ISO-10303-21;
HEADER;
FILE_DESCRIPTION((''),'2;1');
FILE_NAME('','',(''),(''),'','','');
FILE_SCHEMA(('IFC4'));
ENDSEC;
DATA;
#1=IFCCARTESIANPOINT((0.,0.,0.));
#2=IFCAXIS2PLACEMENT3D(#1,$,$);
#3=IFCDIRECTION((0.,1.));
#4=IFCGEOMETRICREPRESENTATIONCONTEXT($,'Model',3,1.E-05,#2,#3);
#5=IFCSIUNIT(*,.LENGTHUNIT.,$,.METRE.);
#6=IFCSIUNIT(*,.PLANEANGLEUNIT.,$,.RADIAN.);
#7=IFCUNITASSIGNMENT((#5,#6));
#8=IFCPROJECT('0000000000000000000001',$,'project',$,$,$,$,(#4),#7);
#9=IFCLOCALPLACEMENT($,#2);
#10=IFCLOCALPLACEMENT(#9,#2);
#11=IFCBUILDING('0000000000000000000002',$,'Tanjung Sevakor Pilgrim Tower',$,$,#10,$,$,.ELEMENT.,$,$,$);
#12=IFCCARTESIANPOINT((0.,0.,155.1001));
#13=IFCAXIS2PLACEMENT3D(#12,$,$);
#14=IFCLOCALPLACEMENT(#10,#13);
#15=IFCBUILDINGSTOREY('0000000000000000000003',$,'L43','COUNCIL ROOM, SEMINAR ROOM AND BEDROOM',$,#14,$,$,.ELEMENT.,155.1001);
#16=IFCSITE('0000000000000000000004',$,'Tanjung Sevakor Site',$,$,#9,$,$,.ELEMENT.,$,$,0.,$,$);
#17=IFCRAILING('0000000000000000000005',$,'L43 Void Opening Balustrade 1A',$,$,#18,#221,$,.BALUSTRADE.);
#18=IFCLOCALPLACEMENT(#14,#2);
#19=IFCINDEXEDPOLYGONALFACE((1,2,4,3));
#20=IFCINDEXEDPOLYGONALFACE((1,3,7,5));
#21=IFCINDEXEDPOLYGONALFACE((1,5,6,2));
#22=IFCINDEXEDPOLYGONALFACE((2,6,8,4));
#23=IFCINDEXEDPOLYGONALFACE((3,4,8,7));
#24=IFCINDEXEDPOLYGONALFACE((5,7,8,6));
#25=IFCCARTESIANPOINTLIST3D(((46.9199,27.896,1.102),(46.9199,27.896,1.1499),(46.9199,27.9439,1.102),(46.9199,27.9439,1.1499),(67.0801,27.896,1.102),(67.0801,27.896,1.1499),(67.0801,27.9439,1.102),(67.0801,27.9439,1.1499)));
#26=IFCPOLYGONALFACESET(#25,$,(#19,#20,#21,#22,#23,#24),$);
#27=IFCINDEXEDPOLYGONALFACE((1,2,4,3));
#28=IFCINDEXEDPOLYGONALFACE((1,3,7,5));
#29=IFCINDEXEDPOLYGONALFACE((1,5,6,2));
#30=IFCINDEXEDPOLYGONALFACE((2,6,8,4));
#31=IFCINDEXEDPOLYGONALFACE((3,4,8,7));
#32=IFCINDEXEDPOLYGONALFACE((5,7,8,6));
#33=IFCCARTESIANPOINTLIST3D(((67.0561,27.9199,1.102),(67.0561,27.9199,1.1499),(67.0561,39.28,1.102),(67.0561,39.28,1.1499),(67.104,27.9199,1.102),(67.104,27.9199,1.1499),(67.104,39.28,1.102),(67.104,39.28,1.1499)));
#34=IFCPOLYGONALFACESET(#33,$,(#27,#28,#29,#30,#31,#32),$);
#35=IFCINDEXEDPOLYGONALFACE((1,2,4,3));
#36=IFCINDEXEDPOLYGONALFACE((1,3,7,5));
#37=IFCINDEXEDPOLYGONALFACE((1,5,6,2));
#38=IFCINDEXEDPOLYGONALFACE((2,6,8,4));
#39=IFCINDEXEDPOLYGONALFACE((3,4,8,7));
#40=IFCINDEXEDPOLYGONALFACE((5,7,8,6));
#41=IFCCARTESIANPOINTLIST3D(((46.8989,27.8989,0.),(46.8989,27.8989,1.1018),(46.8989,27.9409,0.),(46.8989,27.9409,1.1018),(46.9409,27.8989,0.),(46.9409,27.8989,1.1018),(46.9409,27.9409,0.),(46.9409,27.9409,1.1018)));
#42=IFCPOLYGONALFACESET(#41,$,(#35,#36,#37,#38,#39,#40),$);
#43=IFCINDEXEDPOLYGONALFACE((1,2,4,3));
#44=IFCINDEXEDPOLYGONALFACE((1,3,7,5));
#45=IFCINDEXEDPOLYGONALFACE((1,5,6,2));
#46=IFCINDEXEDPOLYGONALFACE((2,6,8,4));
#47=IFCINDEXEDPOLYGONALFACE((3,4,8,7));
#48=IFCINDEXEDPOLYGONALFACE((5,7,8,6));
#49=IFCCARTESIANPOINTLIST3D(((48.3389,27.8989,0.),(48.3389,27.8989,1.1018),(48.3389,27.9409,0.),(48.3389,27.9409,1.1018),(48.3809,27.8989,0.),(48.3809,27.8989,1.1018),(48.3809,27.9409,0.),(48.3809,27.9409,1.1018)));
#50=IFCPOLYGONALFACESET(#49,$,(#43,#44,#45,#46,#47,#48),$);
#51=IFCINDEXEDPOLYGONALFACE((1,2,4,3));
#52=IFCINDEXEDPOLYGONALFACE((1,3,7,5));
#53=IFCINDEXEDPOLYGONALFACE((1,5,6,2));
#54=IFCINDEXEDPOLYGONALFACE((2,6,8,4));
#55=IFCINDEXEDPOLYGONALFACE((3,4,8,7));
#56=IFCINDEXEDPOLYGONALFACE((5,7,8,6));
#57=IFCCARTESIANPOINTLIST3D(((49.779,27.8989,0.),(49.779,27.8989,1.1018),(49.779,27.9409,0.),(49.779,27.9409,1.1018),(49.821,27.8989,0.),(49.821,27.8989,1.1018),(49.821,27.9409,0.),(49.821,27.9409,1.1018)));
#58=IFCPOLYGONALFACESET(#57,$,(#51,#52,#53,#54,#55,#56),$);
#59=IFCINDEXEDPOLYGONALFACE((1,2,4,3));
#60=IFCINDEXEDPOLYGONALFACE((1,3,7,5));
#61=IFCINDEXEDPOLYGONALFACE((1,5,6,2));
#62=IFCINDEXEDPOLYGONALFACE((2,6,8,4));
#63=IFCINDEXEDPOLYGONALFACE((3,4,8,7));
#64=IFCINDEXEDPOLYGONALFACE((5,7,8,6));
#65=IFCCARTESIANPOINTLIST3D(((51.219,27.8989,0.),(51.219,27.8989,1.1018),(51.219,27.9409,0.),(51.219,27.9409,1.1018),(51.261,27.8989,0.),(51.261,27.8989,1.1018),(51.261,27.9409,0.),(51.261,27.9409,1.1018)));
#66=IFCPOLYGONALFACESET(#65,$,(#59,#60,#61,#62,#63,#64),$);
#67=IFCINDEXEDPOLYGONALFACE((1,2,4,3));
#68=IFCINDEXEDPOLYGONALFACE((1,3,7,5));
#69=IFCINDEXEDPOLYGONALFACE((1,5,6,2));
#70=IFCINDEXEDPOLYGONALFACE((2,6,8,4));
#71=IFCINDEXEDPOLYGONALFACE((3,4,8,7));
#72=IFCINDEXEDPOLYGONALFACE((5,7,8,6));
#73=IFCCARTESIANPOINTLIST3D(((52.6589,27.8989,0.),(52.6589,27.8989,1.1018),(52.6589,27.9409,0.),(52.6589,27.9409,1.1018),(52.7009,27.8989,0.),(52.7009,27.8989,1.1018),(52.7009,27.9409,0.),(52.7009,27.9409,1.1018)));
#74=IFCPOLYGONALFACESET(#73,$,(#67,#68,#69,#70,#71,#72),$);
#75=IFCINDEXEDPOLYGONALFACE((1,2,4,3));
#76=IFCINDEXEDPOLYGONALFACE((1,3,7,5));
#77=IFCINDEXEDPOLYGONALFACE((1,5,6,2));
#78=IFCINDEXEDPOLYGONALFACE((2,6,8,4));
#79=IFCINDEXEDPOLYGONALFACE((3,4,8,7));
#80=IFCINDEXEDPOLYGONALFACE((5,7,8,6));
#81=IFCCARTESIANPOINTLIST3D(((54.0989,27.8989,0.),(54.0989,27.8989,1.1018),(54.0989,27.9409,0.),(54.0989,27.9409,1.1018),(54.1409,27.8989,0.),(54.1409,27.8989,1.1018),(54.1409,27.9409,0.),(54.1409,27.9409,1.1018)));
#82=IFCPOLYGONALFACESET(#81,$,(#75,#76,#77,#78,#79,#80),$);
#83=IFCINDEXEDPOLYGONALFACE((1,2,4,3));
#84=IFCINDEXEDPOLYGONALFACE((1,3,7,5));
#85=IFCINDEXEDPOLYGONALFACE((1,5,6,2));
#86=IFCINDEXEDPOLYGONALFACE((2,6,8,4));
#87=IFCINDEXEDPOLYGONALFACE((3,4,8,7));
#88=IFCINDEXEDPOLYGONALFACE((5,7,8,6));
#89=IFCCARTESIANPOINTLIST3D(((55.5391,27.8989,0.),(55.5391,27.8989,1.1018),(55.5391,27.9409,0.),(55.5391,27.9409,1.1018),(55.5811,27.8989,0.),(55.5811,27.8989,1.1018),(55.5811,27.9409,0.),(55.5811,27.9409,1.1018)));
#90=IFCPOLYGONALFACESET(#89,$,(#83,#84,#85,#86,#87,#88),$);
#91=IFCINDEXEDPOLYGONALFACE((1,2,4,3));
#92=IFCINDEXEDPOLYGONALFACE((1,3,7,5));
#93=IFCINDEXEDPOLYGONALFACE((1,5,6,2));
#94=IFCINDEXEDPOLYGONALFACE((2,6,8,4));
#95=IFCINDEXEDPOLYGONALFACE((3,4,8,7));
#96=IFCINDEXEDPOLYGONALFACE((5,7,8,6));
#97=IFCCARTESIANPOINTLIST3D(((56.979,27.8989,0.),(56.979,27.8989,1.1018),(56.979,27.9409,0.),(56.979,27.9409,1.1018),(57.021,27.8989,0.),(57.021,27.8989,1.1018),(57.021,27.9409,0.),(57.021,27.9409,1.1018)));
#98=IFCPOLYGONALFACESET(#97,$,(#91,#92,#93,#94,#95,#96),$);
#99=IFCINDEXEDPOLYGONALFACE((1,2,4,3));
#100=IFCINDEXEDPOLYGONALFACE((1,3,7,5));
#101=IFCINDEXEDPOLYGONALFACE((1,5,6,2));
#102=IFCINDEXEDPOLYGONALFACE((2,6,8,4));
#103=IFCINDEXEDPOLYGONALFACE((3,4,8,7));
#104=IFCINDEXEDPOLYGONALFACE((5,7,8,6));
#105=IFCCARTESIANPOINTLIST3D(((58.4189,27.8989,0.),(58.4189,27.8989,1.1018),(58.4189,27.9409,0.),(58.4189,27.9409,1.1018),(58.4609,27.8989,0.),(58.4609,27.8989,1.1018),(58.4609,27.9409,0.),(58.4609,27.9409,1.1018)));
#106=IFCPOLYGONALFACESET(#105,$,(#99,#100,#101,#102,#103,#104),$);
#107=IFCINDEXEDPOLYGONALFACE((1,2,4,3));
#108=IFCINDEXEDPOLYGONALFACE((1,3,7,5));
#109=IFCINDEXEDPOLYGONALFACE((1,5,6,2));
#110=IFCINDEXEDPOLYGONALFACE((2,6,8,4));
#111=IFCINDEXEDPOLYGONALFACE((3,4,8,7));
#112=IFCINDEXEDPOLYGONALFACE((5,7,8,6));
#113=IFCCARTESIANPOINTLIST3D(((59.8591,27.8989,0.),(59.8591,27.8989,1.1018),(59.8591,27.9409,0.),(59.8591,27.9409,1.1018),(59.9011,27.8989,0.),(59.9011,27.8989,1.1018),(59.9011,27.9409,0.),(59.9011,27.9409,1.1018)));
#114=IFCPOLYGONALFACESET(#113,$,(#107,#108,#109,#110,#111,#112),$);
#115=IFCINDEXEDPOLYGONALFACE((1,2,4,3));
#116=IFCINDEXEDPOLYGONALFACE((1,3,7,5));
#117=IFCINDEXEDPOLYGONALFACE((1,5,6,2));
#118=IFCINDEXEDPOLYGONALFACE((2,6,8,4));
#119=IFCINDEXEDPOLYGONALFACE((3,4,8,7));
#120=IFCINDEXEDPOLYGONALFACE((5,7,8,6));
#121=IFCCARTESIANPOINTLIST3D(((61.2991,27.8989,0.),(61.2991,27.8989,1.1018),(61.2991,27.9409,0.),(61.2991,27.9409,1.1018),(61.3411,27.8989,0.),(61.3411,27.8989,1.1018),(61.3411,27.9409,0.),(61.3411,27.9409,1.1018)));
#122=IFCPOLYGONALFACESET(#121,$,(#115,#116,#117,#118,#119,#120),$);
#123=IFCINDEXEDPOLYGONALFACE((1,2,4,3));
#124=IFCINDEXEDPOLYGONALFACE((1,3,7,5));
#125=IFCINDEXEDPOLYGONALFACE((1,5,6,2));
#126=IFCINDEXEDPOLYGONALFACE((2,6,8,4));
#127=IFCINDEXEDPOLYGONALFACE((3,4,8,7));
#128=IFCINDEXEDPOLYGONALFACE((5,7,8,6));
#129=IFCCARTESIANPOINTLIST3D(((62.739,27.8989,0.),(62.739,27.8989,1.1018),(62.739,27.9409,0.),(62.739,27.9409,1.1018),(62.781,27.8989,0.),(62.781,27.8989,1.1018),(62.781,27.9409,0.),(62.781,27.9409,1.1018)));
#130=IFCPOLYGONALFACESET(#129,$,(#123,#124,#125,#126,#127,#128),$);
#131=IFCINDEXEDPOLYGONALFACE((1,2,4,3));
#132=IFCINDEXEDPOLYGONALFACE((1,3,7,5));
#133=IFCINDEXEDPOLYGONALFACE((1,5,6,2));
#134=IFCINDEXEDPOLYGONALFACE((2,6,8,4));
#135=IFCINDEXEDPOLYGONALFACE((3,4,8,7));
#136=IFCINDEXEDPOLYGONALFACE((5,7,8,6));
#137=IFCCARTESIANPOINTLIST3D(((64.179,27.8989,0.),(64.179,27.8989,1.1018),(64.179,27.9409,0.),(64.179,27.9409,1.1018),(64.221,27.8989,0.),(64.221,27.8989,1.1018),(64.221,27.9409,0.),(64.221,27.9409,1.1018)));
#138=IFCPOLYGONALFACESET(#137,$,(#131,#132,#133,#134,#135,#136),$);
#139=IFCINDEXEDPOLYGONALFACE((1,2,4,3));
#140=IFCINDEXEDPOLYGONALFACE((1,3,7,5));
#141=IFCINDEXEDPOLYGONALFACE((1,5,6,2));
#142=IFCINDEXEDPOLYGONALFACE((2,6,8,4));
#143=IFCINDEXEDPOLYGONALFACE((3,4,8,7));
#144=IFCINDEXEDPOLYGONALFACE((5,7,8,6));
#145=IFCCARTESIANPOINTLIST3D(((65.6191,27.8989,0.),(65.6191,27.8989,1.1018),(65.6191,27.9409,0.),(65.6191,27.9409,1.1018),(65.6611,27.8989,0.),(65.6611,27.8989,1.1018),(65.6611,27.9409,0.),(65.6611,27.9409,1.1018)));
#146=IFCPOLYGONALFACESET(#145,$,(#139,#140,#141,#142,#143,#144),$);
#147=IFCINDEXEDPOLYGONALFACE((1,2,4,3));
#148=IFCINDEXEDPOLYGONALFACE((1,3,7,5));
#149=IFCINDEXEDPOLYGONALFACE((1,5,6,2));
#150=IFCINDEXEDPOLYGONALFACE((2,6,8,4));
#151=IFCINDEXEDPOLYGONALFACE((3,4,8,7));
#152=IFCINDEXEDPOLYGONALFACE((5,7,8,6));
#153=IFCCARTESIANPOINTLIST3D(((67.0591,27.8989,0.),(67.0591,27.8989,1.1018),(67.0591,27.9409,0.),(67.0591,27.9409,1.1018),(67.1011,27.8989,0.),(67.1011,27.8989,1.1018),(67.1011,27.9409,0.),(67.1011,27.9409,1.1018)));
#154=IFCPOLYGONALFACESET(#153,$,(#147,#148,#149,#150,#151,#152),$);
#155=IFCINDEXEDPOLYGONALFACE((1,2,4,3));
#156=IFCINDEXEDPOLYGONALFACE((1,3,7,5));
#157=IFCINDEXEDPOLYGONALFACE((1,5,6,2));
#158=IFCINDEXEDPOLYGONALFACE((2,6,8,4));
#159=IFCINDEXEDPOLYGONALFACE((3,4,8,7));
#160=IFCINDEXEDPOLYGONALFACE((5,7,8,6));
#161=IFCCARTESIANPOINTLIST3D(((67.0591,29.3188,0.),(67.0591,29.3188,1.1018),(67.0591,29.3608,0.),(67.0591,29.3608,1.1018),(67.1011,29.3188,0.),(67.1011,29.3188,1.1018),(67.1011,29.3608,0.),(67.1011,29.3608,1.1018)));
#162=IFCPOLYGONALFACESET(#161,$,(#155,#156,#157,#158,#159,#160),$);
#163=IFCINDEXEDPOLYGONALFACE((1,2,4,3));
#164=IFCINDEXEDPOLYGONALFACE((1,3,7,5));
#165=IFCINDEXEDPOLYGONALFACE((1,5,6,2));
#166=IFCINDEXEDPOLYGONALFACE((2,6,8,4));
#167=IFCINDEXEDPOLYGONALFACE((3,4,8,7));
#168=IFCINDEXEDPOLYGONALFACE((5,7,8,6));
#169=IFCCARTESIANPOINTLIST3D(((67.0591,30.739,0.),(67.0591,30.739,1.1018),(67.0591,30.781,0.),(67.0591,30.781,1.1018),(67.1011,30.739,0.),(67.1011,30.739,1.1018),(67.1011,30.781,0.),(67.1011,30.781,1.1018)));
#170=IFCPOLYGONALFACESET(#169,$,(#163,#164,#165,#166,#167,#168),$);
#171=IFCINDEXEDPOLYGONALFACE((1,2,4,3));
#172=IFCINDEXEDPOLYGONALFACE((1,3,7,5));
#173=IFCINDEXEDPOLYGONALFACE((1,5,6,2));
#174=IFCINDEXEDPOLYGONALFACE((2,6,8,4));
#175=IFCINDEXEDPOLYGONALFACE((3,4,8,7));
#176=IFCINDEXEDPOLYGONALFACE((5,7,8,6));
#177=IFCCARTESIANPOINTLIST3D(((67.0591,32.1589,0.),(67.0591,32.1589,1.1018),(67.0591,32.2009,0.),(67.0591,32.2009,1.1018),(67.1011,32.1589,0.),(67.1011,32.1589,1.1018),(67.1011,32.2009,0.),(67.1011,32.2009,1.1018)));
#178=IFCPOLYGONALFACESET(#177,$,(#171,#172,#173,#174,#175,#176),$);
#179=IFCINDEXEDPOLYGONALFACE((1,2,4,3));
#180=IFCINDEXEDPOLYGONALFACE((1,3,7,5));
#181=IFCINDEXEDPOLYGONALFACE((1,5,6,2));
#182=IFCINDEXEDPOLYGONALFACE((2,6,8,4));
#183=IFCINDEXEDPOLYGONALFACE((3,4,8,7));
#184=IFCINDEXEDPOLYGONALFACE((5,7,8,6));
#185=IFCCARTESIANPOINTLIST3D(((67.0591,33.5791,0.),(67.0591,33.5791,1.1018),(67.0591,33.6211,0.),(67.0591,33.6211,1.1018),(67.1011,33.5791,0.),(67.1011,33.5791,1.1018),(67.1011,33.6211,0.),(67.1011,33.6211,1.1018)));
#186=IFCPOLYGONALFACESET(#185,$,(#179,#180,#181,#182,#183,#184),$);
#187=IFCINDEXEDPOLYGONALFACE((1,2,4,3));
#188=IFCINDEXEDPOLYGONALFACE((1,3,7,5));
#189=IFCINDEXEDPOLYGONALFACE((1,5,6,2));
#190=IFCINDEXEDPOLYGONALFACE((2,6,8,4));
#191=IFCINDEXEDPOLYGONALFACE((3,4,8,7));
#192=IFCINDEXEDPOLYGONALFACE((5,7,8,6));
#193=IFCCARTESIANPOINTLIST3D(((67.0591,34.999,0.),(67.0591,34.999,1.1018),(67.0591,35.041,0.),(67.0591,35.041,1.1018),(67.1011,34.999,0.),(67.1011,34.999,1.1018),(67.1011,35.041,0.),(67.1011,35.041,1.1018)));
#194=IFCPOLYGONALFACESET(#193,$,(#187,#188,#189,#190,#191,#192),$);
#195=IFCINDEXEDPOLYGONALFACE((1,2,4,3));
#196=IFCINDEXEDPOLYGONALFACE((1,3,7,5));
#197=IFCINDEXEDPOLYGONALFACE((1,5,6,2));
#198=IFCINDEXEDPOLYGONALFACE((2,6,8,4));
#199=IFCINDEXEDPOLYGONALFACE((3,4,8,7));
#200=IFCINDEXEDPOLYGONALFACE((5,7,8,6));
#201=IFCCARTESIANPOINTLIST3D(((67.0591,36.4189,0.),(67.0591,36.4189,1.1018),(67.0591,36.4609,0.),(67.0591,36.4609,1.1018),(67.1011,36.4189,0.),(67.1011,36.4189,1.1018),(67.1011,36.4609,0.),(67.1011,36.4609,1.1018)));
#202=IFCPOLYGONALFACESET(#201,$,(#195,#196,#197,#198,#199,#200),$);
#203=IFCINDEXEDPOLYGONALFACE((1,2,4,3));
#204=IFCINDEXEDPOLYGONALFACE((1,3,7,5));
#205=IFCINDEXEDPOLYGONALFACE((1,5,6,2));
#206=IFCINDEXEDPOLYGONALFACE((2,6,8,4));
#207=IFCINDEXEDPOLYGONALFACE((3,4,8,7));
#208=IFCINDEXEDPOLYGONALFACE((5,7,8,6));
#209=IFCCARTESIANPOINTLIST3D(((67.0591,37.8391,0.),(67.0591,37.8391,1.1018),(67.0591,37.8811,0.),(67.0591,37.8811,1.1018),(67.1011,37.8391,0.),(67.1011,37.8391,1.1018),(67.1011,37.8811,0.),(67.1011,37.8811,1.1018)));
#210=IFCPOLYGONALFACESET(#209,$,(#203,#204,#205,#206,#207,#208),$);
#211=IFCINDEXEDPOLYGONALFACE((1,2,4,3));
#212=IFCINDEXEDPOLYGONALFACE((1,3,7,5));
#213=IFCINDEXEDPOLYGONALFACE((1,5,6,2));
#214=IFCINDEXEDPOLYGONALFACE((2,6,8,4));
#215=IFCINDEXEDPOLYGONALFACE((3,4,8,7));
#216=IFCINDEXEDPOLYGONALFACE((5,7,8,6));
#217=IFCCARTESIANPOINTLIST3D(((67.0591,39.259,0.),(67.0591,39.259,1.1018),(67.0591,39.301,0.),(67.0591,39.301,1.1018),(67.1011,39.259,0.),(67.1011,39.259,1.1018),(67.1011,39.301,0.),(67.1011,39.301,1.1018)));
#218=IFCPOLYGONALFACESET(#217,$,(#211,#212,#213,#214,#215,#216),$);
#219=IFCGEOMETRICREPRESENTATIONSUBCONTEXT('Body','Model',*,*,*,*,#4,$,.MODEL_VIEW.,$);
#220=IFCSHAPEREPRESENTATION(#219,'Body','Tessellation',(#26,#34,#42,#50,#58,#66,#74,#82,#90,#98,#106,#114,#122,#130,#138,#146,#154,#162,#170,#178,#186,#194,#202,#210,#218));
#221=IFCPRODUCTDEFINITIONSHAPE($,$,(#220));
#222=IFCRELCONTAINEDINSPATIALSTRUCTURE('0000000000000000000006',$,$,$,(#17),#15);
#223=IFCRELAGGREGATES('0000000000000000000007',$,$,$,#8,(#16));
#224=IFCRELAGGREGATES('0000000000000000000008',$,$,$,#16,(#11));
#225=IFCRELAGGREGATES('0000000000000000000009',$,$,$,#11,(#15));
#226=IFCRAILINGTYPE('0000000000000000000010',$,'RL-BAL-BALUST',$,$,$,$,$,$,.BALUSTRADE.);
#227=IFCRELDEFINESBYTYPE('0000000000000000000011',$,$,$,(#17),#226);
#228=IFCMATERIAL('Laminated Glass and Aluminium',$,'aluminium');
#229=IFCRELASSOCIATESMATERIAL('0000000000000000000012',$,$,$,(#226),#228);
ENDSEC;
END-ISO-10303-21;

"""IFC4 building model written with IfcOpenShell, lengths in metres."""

from ifc_helpers import new_model, si_unit, direction, frame, origin, place, context, subcontext, project, spatial, rectangle, extrude, material, type_object, element, save


model = new_model("IFC4")

# Units and contexts
model_context = context("Model", 3, precision=1e-05, world=origin(), true_north=direction((0.0, 1.0)))
body_context = subcontext(model_context, "Body", "Model", "MODEL_VIEW")
ifc_project = project(units=[si_unit("LENGTHUNIT", "METRE"), si_unit("PLANEANGLEUNIT", "RADIAN")], contexts=[model_context])

# Site, building, storey
site_placement = place(None, origin())
site = spatial("IfcSite", under=ifc_project, at=site_placement, Name="Tanjung Sevakor Site", CompositionType="ELEMENT", RefElevation=0.0)
building_placement = place(site_placement, origin())
building = spatial("IfcBuilding", under=site, at=building_placement, Name="Tanjung Sevakor Pilgrim Tower", CompositionType="ELEMENT")
storey_placement = place(building_placement, frame((0.0, 0.0, 155.1001)))
storey = spatial("IfcBuildingStorey", under=building, at=storey_placement, Name="L43", Description="COUNCIL ROOM, SEMINAR ROOM AND BEDROOM", CompositionType="ELEMENT", Elevation=155.1001)

# Railing
ifc_material_1 = material(Name="Laminated Glass and Aluminium", Category="aluminium")
railing_type_1 = type_object("IfcRailingType", Name="RL-BAL-BALUST", PredefinedType="BALUSTRADE", material=ifc_material_1)
railing_1_placement = place(storey_placement, frame((46.9199, 27.9199, 0.0)))
element("IfcRailing", 1, at=railing_1_placement, inside=storey, type_object=railing_type_1, Name="L43 Void Opening Balustrade 1A", PredefinedType="BALUSTRADE", context=body_context, shape_type="SweptSolid", body=[
    extrude(rectangle(XDim=0.0479, YDim=0.0479), frame((0.0, 0.0, 1.126), z_axis=(1.0, 0.0, 0.0), x_axis=(0.0, 1.0, 0.0)), (0.0, 0.0, 1.0), 20.1602),
    extrude(rectangle(XDim=0.0479, YDim=0.0479), frame((20.1602, 0.0, 1.126), z_axis=(0.0, 1.0, 0.0), x_axis=(-1.0, 0.0, 0.0)), (0.0, 0.0, 1.0), 11.3601),
    extrude(rectangle(XDim=0.042, YDim=0.042), origin(), (0.0, 0.0, 1.0), 1.1018),
    extrude(rectangle(XDim=0.042, YDim=0.042), frame((1.4399, 0.0, 0.0)), (0.0, 0.0, 1.0), 1.1018),
    extrude(rectangle(XDim=0.042, YDim=0.042), frame((2.8801, 0.0, 0.0)), (0.0, 0.0, 1.0), 1.1018),
    extrude(rectangle(XDim=0.042, YDim=0.042), frame((4.3201, 0.0, 0.0)), (0.0, 0.0, 1.0), 1.1018),
    extrude(rectangle(XDim=0.042, YDim=0.042), frame((5.76, 0.0, 0.0)), (0.0, 0.0, 1.0), 1.1018),
    extrude(rectangle(XDim=0.042, YDim=0.042), frame((7.2, 0.0, 0.0)), (0.0, 0.0, 1.0), 1.1018),
    extrude(rectangle(XDim=0.042, YDim=0.042), frame((8.6401, 0.0, 0.0)), (0.0, 0.0, 1.0), 1.1018),
    extrude(rectangle(XDim=0.042, YDim=0.042), frame((10.0801, 0.0, 0.0)), (0.0, 0.0, 1.0), 1.1018),
    extrude(rectangle(XDim=0.042, YDim=0.042), frame((11.52, 0.0, 0.0)), (0.0, 0.0, 1.0), 1.1018),
    extrude(rectangle(XDim=0.042, YDim=0.042), frame((12.9602, 0.0, 0.0)), (0.0, 0.0, 1.0), 1.1018),
    extrude(rectangle(XDim=0.042, YDim=0.042), frame((14.4001, 0.0, 0.0)), (0.0, 0.0, 1.0), 1.1018),
    extrude(rectangle(XDim=0.042, YDim=0.042), frame((15.8401, 0.0, 0.0)), (0.0, 0.0, 1.0), 1.1018),
    extrude(rectangle(XDim=0.042, YDim=0.042), frame((17.28, 0.0, 0.0)), (0.0, 0.0, 1.0), 1.1018),
    extrude(rectangle(XDim=0.042, YDim=0.042), frame((18.7202, 0.0, 0.0)), (0.0, 0.0, 1.0), 1.1018),
    extrude(rectangle(XDim=0.042, YDim=0.042), frame((20.1602, 0.0, 0.0)), (0.0, 0.0, 1.0), 1.1018),
    extrude(rectangle(XDim=0.042, YDim=0.042), frame((20.1602, 1.4199, 0.0)), (0.0, 0.0, 1.0), 1.1018),
    extrude(rectangle(XDim=0.042, YDim=0.042), frame((20.1602, 2.8401, 0.0)), (0.0, 0.0, 1.0), 1.1018),
    extrude(rectangle(XDim=0.042, YDim=0.042), frame((20.1602, 4.26, 0.0)), (0.0, 0.0, 1.0), 1.1018),
    extrude(rectangle(XDim=0.042, YDim=0.042), frame((20.1602, 5.6802, 0.0)), (0.0, 0.0, 1.0), 1.1018),
    extrude(rectangle(XDim=0.042, YDim=0.042), frame((20.1602, 7.1001, 0.0)), (0.0, 0.0, 1.0), 1.1018),
    extrude(rectangle(XDim=0.042, YDim=0.042), frame((20.1602, 8.52, 0.0)), (0.0, 0.0, 1.0), 1.1018),
    extrude(rectangle(XDim=0.042, YDim=0.042), frame((20.1602, 9.9402, 0.0)), (0.0, 0.0, 1.0), 1.1018),
    extrude(rectangle(XDim=0.042, YDim=0.042), frame((20.1602, 11.3601, 0.0)), (0.0, 0.0, 1.0), 1.1018),
])

save(model, "model.ifc")
